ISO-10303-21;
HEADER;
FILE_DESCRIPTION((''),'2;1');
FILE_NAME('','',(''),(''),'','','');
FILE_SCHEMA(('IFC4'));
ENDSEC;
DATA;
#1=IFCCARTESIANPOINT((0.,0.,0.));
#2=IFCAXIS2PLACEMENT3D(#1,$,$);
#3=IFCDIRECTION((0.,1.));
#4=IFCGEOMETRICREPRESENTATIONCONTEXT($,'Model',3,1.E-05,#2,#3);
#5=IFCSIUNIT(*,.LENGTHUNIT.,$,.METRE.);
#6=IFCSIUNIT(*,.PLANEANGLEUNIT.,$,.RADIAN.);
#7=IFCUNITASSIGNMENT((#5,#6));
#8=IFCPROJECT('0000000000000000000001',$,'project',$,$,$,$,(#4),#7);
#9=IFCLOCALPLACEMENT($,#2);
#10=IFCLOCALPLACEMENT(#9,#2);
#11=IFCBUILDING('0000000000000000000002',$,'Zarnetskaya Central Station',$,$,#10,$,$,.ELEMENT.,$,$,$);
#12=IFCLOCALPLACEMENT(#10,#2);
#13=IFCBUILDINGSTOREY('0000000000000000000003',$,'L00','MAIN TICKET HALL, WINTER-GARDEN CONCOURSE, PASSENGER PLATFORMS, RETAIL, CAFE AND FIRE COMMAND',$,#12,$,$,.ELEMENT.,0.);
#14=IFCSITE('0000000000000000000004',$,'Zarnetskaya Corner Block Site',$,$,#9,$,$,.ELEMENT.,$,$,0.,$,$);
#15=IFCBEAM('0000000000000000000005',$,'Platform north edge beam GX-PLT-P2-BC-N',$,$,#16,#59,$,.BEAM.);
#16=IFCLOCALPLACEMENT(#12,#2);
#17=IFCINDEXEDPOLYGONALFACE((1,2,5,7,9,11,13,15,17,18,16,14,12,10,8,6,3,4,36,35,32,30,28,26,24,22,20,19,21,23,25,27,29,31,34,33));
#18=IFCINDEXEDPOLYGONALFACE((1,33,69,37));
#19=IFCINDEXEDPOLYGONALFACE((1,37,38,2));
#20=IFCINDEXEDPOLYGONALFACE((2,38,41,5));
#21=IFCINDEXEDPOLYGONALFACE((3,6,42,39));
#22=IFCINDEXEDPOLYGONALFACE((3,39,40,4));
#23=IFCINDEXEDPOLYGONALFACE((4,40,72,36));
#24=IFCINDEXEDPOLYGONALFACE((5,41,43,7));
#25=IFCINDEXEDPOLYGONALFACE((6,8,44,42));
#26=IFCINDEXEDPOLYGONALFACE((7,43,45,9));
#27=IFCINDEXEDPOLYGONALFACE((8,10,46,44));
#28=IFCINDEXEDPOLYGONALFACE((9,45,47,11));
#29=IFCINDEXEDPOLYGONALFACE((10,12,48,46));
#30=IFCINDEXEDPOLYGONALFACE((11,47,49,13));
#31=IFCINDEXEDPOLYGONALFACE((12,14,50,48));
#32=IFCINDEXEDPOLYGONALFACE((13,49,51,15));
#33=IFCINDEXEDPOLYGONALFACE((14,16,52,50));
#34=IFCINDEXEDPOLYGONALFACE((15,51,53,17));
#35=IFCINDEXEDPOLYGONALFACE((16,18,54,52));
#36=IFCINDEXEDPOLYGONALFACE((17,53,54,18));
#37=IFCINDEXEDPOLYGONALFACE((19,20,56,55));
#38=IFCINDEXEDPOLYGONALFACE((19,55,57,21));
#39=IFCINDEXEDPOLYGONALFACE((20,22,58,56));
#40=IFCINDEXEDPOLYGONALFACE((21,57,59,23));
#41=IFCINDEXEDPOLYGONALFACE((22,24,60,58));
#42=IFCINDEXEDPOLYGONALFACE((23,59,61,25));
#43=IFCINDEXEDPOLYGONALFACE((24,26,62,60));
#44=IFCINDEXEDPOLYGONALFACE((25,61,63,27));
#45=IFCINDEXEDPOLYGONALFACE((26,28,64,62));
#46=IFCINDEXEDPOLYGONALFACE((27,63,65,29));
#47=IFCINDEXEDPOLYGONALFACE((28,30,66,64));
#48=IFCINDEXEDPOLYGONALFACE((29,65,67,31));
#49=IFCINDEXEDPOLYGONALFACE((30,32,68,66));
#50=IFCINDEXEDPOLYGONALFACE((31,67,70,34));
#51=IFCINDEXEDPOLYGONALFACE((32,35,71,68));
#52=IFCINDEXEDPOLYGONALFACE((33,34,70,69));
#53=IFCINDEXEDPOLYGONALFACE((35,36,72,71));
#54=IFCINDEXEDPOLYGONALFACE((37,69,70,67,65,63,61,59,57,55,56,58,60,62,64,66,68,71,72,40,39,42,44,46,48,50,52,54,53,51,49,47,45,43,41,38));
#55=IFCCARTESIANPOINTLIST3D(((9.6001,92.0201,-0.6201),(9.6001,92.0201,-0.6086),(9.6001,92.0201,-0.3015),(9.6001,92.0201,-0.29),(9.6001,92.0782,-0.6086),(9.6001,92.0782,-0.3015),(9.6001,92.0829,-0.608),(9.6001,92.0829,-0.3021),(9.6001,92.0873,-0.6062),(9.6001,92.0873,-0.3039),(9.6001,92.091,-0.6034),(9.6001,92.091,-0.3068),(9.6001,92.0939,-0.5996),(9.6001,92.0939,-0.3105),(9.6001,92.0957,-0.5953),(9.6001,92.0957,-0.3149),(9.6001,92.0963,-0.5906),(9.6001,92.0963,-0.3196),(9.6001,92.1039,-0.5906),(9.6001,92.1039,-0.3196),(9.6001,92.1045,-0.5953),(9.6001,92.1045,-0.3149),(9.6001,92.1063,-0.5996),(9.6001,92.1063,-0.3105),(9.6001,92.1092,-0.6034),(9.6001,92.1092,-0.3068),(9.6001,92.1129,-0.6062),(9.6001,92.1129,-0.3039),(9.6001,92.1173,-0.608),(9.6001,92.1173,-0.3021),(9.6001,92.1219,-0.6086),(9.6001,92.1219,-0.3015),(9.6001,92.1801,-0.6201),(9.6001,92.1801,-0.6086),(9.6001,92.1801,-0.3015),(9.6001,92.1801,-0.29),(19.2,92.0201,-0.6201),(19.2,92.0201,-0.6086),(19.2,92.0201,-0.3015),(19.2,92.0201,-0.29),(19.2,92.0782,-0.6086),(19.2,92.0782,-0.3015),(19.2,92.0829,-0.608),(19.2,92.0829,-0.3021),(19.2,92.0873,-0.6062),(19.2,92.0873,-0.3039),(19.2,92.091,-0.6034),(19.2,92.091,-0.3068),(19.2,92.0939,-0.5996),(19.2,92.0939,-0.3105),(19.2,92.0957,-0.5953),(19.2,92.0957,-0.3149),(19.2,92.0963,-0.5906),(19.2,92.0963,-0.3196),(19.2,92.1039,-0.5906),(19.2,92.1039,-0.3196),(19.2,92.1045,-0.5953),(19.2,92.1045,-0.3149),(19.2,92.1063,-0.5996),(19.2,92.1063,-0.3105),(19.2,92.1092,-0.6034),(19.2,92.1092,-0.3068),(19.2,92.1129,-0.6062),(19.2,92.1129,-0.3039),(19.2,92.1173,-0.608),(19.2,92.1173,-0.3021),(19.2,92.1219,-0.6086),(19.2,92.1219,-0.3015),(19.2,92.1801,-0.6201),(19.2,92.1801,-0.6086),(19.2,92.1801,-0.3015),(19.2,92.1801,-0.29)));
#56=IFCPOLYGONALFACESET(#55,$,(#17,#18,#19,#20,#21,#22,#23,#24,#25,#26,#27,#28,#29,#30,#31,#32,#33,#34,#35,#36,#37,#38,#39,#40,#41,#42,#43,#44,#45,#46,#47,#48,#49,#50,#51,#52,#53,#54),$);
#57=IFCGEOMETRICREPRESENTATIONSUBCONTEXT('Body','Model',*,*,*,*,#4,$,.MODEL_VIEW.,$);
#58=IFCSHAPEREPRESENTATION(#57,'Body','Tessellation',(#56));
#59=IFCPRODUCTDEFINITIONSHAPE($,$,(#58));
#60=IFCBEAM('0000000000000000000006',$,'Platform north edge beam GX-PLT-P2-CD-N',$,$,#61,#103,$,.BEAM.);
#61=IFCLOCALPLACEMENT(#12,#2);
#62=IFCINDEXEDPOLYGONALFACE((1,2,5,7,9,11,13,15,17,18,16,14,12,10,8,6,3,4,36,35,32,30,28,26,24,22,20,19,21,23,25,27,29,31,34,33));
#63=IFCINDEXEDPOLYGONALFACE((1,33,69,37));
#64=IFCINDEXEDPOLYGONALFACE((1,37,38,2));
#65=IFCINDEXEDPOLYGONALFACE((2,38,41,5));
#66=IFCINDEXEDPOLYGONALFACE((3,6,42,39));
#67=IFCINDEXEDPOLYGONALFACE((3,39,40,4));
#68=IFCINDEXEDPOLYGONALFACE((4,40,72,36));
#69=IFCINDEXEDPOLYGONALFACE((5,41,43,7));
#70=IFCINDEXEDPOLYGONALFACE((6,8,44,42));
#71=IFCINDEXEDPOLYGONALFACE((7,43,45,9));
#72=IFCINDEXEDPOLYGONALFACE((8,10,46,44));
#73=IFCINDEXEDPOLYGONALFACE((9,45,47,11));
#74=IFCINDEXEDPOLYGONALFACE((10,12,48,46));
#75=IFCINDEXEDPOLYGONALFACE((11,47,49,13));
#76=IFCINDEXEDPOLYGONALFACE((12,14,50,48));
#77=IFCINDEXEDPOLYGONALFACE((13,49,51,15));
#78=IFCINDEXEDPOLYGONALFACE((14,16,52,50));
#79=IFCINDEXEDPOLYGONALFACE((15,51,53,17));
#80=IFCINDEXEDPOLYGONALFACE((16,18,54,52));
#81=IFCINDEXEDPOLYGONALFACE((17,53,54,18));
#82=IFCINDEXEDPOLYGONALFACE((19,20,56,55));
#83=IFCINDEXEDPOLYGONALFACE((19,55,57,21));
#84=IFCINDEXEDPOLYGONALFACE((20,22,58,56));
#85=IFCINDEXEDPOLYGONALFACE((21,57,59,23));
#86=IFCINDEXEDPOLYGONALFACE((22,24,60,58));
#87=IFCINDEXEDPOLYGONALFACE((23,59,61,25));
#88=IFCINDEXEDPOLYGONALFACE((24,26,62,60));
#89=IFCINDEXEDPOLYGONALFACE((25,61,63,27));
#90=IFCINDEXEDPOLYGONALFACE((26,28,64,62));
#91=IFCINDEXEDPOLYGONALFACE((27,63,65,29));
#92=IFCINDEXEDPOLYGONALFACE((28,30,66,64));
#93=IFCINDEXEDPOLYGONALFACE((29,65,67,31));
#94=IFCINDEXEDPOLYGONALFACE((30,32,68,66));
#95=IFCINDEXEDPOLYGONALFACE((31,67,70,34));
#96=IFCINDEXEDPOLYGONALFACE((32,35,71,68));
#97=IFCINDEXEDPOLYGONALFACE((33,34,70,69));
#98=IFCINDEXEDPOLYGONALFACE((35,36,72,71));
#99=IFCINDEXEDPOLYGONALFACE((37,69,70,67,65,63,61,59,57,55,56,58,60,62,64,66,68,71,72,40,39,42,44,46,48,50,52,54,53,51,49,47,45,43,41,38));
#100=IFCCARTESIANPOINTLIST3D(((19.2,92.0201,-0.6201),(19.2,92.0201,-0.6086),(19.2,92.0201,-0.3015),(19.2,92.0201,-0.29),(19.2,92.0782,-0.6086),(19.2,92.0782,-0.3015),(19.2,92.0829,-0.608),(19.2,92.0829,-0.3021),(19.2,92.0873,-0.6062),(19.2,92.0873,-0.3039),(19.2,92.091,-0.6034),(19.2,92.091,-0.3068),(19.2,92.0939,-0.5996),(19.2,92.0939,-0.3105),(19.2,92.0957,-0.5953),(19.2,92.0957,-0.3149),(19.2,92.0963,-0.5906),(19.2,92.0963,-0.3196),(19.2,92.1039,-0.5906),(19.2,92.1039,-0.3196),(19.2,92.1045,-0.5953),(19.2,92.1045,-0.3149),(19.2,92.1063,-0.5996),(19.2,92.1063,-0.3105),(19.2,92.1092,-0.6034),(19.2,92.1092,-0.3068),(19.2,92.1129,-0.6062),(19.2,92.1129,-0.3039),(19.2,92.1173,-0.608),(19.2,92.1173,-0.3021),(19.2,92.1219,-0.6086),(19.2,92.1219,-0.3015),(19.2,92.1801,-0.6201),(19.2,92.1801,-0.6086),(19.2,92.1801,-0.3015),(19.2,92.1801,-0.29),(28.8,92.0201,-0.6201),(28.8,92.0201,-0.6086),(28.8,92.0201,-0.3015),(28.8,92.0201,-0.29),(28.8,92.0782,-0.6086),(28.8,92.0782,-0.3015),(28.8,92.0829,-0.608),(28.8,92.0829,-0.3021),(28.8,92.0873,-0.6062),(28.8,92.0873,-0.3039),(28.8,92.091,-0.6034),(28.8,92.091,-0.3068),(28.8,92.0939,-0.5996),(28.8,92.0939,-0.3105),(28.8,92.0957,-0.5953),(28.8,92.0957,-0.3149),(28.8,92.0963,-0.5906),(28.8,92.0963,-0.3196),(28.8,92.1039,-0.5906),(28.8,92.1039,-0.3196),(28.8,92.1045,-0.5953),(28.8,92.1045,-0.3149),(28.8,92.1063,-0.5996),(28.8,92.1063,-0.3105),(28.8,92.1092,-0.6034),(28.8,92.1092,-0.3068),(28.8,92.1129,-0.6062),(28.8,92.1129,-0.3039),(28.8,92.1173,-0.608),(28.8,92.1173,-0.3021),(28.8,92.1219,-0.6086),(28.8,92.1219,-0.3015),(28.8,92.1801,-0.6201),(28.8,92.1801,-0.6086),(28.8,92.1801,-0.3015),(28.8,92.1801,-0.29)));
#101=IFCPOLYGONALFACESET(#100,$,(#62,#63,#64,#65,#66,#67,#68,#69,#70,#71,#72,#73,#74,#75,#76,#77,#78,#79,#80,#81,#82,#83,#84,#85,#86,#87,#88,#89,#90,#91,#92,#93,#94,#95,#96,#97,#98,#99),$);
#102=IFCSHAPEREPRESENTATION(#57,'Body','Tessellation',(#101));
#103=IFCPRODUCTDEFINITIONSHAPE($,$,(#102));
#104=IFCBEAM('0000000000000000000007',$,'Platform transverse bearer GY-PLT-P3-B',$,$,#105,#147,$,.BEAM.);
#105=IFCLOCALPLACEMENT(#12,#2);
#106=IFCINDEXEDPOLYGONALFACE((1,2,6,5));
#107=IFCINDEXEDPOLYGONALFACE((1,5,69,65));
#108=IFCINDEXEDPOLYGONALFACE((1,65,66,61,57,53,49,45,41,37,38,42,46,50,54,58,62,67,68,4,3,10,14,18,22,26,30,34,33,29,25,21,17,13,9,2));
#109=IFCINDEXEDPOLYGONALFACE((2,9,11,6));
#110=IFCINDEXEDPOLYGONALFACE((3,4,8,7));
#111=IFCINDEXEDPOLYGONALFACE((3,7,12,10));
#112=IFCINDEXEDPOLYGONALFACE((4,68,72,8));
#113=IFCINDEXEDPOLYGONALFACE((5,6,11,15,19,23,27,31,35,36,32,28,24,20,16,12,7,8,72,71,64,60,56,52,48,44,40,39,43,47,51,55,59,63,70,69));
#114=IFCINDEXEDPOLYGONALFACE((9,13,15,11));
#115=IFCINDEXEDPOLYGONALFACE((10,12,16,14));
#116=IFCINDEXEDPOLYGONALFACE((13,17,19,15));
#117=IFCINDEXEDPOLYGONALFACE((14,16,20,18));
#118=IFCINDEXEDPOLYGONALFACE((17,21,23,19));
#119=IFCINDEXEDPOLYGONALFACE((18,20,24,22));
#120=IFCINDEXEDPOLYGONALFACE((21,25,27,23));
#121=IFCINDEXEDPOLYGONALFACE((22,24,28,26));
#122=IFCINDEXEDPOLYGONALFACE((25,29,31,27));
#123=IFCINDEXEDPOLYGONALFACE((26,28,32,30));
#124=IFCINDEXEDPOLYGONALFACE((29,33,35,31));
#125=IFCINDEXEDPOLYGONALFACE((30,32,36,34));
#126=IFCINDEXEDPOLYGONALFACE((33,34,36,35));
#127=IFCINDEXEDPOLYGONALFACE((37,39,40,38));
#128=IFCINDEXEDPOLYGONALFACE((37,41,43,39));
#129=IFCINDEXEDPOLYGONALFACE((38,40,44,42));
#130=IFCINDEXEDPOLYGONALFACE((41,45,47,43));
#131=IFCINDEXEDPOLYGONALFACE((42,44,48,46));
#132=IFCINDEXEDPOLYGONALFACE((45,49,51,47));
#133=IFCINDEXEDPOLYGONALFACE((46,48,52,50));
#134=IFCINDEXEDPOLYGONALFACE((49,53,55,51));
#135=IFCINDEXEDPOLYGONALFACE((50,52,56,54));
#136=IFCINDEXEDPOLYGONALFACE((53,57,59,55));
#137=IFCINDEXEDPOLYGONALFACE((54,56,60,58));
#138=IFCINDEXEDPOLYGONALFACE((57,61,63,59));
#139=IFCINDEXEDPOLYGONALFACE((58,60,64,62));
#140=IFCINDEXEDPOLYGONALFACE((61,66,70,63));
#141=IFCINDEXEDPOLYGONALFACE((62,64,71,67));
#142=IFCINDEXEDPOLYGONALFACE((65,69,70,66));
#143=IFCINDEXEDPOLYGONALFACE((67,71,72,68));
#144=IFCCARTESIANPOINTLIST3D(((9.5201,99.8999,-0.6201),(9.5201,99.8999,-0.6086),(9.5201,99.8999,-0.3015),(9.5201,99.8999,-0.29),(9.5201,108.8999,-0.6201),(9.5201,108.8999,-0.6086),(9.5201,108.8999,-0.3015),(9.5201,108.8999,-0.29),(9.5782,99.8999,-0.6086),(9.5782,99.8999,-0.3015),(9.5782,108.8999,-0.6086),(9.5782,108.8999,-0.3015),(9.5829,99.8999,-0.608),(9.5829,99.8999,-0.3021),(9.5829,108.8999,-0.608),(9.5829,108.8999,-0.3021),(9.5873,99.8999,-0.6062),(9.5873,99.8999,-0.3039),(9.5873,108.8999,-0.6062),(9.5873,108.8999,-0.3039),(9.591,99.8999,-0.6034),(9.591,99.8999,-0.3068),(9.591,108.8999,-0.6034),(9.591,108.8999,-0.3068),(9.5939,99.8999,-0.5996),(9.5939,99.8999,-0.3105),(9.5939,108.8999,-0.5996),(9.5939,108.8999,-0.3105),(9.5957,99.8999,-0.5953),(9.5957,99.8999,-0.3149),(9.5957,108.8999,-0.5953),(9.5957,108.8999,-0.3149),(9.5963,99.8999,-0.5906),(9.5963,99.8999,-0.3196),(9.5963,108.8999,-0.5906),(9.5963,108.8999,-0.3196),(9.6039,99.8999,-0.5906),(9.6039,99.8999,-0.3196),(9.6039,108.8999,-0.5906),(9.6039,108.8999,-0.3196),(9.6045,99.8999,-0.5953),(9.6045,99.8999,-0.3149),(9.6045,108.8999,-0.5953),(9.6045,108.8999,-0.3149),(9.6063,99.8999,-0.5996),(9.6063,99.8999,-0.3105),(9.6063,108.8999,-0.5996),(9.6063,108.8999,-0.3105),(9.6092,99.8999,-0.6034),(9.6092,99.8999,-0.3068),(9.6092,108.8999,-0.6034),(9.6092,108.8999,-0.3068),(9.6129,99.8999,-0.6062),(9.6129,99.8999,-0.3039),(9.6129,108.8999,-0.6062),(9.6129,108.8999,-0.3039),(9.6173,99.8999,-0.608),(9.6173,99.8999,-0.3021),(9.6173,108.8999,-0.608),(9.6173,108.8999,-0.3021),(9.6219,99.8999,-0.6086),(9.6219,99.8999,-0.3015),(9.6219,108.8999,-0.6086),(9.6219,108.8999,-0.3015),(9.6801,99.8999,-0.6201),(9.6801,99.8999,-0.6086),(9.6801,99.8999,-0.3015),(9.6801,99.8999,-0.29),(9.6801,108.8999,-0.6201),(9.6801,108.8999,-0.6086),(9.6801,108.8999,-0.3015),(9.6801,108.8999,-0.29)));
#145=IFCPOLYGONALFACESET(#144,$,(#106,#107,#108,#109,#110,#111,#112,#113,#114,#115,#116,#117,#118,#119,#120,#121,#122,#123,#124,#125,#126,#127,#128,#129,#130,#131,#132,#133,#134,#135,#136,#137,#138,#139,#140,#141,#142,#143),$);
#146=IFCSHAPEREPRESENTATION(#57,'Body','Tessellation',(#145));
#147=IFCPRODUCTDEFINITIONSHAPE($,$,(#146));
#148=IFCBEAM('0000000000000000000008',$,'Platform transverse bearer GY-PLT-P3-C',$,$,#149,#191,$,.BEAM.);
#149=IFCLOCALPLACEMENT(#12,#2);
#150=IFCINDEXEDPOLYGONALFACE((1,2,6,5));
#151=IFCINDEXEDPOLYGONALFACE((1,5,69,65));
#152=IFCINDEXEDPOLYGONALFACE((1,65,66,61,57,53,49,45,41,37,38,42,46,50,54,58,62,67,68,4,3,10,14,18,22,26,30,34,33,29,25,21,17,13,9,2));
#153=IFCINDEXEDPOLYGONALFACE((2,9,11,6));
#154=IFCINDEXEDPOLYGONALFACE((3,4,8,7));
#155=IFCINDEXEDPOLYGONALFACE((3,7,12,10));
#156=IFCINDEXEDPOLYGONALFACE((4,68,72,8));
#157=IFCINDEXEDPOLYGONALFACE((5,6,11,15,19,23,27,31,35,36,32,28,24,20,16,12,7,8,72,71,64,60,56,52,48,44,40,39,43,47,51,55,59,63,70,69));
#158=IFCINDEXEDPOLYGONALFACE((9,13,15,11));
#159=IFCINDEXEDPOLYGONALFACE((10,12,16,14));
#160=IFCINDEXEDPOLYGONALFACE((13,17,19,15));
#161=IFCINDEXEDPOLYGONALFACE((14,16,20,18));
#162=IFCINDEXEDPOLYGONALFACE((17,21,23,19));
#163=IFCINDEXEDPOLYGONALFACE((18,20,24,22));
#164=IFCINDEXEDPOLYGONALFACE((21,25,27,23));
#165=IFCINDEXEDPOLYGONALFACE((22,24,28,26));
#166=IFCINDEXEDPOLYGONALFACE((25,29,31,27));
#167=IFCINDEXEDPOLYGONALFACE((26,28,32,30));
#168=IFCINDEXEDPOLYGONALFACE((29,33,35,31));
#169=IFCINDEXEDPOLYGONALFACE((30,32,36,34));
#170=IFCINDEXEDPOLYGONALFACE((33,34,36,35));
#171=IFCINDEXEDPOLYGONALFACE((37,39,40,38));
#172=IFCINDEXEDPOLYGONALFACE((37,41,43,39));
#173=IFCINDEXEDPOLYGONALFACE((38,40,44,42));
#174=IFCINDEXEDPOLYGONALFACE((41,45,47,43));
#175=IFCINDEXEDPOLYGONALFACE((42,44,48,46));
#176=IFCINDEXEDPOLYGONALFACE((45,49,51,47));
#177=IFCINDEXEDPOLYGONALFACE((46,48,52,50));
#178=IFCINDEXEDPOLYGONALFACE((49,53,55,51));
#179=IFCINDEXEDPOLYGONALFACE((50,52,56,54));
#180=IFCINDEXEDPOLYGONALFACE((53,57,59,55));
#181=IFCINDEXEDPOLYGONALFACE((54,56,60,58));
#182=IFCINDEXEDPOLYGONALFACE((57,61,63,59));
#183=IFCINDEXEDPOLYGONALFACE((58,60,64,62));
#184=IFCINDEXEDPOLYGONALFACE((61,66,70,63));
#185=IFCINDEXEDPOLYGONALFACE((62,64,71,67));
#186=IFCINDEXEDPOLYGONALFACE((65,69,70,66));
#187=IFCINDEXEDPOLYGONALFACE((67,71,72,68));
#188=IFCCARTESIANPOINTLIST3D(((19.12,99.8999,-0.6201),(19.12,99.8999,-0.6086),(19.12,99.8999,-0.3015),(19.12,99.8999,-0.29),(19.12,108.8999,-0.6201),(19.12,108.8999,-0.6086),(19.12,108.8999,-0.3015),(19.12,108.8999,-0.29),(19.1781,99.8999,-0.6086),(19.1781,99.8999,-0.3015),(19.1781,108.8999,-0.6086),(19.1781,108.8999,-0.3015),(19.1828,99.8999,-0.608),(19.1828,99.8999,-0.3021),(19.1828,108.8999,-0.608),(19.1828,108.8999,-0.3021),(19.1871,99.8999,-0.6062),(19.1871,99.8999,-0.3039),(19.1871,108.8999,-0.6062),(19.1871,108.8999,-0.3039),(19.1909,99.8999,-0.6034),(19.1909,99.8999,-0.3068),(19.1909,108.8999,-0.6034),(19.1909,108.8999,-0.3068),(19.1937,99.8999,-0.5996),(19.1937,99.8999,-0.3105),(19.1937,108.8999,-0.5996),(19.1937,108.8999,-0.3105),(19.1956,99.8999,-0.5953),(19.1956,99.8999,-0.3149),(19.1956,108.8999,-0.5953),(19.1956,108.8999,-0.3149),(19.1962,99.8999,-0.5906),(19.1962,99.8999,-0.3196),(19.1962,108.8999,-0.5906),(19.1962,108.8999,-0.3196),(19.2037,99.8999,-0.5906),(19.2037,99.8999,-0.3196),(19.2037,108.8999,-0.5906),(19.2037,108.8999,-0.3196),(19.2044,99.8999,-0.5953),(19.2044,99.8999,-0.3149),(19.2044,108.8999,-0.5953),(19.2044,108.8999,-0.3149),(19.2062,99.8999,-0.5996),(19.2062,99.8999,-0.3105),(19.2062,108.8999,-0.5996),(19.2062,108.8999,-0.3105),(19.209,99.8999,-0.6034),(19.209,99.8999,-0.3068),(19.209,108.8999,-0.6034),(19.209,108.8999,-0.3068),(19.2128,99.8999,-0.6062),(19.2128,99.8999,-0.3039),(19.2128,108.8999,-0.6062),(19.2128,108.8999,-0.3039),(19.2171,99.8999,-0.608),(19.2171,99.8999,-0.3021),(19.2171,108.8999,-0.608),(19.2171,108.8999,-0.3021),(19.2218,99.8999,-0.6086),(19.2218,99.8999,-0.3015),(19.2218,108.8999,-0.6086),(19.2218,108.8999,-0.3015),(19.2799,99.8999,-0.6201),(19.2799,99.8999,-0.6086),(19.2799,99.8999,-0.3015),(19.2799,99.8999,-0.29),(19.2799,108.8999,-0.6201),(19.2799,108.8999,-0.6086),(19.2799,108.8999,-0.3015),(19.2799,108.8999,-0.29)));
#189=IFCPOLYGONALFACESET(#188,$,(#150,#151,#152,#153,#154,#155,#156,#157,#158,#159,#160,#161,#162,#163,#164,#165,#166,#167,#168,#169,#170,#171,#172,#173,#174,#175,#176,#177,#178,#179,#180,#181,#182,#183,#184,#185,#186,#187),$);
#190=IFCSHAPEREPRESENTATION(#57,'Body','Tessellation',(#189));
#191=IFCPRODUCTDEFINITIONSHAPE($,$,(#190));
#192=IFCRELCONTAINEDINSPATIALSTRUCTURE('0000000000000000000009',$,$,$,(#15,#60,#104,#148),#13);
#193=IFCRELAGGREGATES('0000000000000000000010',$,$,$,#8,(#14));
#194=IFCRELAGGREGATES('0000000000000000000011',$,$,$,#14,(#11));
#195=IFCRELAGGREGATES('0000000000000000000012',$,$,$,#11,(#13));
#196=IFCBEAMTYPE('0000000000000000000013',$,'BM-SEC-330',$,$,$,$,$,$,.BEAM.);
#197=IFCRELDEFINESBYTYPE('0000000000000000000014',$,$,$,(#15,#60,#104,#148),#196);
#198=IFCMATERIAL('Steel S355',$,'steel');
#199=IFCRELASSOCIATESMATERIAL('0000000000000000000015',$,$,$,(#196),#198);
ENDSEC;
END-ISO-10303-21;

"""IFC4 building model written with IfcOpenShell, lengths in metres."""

from ifc_helpers import new_model, si_unit, direction, frame, origin, origin_2d, place, context, subcontext, project, spatial, i_section, extrude, material, material_profile, profile_set, type_object, element, save


model = new_model("IFC4")

# Units and contexts
model_context = context("Model", 3, precision=1e-05, world=origin(), true_north=direction((0.0, 1.0)))
body_context = subcontext(model_context, "Body", "Model", "MODEL_VIEW")
ifc_project = project(units=[si_unit("LENGTHUNIT", "METRE"), si_unit("PLANEANGLEUNIT", "RADIAN")], contexts=[model_context])

# Site, building, storey
site_placement = place(None, origin())
site = spatial("IfcSite", under=ifc_project, at=site_placement, Name="Zarnetskaya Corner Block Site", CompositionType="ELEMENT", RefElevation=0.0)
building_placement = place(site_placement, origin())
building = spatial("IfcBuilding", under=site, at=building_placement, Name="Zarnetskaya Central Station", CompositionType="ELEMENT")
storey_placement = place(building_placement, origin())
storey = spatial("IfcBuildingStorey", under=building, at=storey_placement, Name="L00", Description="MAIN TICKET HALL, WINTER-GARDEN CONCOURSE, PASSENGER PLATFORMS, RETAIL, CAFE AND FIRE COMMAND", CompositionType="ELEMENT", Elevation=0.0)

# Shared definitions
ifc_material = material(Name="Steel S355", Category="steel")

# Beams
ifc_material_profile_1 = material_profile(ifc_material, i_section(OverallWidth=0.1599, OverallDepth=0.3301, WebThickness=0.0076, FlangeThickness=0.0115, FilletRadius=0.0181, at=origin_2d()), Name="IPE 330")
ifc_profile_set_1 = profile_set([ifc_material_profile_1], Name="Steel S355")
beam_type_1 = type_object("IfcBeamType", Name="BM-SEC-330", PredefinedType="BEAM", material=ifc_profile_set_1)
beam_1_placement = place(storey_placement, frame((9.6001, 92.1001, -0.4551), z_axis=(1.0, 0.0, 0.0), x_axis=(0.0, 1.0, 0.0)))
element("IfcBeam", 1, at=beam_1_placement, inside=storey, type_object=beam_type_1, Name="Platform north edge beam GX-PLT-P2-BC-N", PredefinedType="BEAM", context=body_context, shape_type="SweptSolid", body=[
    extrude(i_section(OverallWidth=0.1599, OverallDepth=0.3301, WebThickness=0.0076, FlangeThickness=0.0115, FilletRadius=0.0181, at=origin_2d()), origin(), (0.0, 0.0, 1.0), 9.5999),
])
beam_2_placement = place(storey_placement, frame((19.2, 92.1001, -0.4551), z_axis=(1.0, 0.0, 0.0), x_axis=(0.0, 1.0, 0.0)))
element("IfcBeam", 2, at=beam_2_placement, inside=storey, type_object=beam_type_1, Name="Platform north edge beam GX-PLT-P2-CD-N", PredefinedType="BEAM", context=body_context, shape_type="SweptSolid", body=[
    extrude(i_section(OverallWidth=0.1599, OverallDepth=0.3301, WebThickness=0.0076, FlangeThickness=0.0115, FilletRadius=0.0181, at=origin_2d()), origin(), (0.0, 0.0, 1.0), 9.6001),
])
for number, where, z_axis, x_axis, name in (
    (3, (9.6001, 99.8999, -0.4551), (0.0, 1.0, 0.0), (-1.0, 0.0, 0.0), "Platform transverse bearer GY-PLT-P3-B"),
    (4, (19.2, 99.8999, -0.4551), (0.0, 1.0, 0.0), (-1.0, 0.0, 0.0), "Platform transverse bearer GY-PLT-P3-C"),
):
    element("IfcBeam", number, at=place(storey_placement, frame(where, z_axis=z_axis, x_axis=x_axis)), inside=storey, type_object=beam_type_1, Name=name, PredefinedType="BEAM", context=body_context, shape_type="SweptSolid", body=[
        extrude(i_section(OverallWidth=0.1599, OverallDepth=0.3301, WebThickness=0.0076, FlangeThickness=0.0115, FilletRadius=0.0181, at=origin_2d()), origin(), (0.0, 0.0, 1.0), 9.0),
    ])

save(model, "model.ifc")
